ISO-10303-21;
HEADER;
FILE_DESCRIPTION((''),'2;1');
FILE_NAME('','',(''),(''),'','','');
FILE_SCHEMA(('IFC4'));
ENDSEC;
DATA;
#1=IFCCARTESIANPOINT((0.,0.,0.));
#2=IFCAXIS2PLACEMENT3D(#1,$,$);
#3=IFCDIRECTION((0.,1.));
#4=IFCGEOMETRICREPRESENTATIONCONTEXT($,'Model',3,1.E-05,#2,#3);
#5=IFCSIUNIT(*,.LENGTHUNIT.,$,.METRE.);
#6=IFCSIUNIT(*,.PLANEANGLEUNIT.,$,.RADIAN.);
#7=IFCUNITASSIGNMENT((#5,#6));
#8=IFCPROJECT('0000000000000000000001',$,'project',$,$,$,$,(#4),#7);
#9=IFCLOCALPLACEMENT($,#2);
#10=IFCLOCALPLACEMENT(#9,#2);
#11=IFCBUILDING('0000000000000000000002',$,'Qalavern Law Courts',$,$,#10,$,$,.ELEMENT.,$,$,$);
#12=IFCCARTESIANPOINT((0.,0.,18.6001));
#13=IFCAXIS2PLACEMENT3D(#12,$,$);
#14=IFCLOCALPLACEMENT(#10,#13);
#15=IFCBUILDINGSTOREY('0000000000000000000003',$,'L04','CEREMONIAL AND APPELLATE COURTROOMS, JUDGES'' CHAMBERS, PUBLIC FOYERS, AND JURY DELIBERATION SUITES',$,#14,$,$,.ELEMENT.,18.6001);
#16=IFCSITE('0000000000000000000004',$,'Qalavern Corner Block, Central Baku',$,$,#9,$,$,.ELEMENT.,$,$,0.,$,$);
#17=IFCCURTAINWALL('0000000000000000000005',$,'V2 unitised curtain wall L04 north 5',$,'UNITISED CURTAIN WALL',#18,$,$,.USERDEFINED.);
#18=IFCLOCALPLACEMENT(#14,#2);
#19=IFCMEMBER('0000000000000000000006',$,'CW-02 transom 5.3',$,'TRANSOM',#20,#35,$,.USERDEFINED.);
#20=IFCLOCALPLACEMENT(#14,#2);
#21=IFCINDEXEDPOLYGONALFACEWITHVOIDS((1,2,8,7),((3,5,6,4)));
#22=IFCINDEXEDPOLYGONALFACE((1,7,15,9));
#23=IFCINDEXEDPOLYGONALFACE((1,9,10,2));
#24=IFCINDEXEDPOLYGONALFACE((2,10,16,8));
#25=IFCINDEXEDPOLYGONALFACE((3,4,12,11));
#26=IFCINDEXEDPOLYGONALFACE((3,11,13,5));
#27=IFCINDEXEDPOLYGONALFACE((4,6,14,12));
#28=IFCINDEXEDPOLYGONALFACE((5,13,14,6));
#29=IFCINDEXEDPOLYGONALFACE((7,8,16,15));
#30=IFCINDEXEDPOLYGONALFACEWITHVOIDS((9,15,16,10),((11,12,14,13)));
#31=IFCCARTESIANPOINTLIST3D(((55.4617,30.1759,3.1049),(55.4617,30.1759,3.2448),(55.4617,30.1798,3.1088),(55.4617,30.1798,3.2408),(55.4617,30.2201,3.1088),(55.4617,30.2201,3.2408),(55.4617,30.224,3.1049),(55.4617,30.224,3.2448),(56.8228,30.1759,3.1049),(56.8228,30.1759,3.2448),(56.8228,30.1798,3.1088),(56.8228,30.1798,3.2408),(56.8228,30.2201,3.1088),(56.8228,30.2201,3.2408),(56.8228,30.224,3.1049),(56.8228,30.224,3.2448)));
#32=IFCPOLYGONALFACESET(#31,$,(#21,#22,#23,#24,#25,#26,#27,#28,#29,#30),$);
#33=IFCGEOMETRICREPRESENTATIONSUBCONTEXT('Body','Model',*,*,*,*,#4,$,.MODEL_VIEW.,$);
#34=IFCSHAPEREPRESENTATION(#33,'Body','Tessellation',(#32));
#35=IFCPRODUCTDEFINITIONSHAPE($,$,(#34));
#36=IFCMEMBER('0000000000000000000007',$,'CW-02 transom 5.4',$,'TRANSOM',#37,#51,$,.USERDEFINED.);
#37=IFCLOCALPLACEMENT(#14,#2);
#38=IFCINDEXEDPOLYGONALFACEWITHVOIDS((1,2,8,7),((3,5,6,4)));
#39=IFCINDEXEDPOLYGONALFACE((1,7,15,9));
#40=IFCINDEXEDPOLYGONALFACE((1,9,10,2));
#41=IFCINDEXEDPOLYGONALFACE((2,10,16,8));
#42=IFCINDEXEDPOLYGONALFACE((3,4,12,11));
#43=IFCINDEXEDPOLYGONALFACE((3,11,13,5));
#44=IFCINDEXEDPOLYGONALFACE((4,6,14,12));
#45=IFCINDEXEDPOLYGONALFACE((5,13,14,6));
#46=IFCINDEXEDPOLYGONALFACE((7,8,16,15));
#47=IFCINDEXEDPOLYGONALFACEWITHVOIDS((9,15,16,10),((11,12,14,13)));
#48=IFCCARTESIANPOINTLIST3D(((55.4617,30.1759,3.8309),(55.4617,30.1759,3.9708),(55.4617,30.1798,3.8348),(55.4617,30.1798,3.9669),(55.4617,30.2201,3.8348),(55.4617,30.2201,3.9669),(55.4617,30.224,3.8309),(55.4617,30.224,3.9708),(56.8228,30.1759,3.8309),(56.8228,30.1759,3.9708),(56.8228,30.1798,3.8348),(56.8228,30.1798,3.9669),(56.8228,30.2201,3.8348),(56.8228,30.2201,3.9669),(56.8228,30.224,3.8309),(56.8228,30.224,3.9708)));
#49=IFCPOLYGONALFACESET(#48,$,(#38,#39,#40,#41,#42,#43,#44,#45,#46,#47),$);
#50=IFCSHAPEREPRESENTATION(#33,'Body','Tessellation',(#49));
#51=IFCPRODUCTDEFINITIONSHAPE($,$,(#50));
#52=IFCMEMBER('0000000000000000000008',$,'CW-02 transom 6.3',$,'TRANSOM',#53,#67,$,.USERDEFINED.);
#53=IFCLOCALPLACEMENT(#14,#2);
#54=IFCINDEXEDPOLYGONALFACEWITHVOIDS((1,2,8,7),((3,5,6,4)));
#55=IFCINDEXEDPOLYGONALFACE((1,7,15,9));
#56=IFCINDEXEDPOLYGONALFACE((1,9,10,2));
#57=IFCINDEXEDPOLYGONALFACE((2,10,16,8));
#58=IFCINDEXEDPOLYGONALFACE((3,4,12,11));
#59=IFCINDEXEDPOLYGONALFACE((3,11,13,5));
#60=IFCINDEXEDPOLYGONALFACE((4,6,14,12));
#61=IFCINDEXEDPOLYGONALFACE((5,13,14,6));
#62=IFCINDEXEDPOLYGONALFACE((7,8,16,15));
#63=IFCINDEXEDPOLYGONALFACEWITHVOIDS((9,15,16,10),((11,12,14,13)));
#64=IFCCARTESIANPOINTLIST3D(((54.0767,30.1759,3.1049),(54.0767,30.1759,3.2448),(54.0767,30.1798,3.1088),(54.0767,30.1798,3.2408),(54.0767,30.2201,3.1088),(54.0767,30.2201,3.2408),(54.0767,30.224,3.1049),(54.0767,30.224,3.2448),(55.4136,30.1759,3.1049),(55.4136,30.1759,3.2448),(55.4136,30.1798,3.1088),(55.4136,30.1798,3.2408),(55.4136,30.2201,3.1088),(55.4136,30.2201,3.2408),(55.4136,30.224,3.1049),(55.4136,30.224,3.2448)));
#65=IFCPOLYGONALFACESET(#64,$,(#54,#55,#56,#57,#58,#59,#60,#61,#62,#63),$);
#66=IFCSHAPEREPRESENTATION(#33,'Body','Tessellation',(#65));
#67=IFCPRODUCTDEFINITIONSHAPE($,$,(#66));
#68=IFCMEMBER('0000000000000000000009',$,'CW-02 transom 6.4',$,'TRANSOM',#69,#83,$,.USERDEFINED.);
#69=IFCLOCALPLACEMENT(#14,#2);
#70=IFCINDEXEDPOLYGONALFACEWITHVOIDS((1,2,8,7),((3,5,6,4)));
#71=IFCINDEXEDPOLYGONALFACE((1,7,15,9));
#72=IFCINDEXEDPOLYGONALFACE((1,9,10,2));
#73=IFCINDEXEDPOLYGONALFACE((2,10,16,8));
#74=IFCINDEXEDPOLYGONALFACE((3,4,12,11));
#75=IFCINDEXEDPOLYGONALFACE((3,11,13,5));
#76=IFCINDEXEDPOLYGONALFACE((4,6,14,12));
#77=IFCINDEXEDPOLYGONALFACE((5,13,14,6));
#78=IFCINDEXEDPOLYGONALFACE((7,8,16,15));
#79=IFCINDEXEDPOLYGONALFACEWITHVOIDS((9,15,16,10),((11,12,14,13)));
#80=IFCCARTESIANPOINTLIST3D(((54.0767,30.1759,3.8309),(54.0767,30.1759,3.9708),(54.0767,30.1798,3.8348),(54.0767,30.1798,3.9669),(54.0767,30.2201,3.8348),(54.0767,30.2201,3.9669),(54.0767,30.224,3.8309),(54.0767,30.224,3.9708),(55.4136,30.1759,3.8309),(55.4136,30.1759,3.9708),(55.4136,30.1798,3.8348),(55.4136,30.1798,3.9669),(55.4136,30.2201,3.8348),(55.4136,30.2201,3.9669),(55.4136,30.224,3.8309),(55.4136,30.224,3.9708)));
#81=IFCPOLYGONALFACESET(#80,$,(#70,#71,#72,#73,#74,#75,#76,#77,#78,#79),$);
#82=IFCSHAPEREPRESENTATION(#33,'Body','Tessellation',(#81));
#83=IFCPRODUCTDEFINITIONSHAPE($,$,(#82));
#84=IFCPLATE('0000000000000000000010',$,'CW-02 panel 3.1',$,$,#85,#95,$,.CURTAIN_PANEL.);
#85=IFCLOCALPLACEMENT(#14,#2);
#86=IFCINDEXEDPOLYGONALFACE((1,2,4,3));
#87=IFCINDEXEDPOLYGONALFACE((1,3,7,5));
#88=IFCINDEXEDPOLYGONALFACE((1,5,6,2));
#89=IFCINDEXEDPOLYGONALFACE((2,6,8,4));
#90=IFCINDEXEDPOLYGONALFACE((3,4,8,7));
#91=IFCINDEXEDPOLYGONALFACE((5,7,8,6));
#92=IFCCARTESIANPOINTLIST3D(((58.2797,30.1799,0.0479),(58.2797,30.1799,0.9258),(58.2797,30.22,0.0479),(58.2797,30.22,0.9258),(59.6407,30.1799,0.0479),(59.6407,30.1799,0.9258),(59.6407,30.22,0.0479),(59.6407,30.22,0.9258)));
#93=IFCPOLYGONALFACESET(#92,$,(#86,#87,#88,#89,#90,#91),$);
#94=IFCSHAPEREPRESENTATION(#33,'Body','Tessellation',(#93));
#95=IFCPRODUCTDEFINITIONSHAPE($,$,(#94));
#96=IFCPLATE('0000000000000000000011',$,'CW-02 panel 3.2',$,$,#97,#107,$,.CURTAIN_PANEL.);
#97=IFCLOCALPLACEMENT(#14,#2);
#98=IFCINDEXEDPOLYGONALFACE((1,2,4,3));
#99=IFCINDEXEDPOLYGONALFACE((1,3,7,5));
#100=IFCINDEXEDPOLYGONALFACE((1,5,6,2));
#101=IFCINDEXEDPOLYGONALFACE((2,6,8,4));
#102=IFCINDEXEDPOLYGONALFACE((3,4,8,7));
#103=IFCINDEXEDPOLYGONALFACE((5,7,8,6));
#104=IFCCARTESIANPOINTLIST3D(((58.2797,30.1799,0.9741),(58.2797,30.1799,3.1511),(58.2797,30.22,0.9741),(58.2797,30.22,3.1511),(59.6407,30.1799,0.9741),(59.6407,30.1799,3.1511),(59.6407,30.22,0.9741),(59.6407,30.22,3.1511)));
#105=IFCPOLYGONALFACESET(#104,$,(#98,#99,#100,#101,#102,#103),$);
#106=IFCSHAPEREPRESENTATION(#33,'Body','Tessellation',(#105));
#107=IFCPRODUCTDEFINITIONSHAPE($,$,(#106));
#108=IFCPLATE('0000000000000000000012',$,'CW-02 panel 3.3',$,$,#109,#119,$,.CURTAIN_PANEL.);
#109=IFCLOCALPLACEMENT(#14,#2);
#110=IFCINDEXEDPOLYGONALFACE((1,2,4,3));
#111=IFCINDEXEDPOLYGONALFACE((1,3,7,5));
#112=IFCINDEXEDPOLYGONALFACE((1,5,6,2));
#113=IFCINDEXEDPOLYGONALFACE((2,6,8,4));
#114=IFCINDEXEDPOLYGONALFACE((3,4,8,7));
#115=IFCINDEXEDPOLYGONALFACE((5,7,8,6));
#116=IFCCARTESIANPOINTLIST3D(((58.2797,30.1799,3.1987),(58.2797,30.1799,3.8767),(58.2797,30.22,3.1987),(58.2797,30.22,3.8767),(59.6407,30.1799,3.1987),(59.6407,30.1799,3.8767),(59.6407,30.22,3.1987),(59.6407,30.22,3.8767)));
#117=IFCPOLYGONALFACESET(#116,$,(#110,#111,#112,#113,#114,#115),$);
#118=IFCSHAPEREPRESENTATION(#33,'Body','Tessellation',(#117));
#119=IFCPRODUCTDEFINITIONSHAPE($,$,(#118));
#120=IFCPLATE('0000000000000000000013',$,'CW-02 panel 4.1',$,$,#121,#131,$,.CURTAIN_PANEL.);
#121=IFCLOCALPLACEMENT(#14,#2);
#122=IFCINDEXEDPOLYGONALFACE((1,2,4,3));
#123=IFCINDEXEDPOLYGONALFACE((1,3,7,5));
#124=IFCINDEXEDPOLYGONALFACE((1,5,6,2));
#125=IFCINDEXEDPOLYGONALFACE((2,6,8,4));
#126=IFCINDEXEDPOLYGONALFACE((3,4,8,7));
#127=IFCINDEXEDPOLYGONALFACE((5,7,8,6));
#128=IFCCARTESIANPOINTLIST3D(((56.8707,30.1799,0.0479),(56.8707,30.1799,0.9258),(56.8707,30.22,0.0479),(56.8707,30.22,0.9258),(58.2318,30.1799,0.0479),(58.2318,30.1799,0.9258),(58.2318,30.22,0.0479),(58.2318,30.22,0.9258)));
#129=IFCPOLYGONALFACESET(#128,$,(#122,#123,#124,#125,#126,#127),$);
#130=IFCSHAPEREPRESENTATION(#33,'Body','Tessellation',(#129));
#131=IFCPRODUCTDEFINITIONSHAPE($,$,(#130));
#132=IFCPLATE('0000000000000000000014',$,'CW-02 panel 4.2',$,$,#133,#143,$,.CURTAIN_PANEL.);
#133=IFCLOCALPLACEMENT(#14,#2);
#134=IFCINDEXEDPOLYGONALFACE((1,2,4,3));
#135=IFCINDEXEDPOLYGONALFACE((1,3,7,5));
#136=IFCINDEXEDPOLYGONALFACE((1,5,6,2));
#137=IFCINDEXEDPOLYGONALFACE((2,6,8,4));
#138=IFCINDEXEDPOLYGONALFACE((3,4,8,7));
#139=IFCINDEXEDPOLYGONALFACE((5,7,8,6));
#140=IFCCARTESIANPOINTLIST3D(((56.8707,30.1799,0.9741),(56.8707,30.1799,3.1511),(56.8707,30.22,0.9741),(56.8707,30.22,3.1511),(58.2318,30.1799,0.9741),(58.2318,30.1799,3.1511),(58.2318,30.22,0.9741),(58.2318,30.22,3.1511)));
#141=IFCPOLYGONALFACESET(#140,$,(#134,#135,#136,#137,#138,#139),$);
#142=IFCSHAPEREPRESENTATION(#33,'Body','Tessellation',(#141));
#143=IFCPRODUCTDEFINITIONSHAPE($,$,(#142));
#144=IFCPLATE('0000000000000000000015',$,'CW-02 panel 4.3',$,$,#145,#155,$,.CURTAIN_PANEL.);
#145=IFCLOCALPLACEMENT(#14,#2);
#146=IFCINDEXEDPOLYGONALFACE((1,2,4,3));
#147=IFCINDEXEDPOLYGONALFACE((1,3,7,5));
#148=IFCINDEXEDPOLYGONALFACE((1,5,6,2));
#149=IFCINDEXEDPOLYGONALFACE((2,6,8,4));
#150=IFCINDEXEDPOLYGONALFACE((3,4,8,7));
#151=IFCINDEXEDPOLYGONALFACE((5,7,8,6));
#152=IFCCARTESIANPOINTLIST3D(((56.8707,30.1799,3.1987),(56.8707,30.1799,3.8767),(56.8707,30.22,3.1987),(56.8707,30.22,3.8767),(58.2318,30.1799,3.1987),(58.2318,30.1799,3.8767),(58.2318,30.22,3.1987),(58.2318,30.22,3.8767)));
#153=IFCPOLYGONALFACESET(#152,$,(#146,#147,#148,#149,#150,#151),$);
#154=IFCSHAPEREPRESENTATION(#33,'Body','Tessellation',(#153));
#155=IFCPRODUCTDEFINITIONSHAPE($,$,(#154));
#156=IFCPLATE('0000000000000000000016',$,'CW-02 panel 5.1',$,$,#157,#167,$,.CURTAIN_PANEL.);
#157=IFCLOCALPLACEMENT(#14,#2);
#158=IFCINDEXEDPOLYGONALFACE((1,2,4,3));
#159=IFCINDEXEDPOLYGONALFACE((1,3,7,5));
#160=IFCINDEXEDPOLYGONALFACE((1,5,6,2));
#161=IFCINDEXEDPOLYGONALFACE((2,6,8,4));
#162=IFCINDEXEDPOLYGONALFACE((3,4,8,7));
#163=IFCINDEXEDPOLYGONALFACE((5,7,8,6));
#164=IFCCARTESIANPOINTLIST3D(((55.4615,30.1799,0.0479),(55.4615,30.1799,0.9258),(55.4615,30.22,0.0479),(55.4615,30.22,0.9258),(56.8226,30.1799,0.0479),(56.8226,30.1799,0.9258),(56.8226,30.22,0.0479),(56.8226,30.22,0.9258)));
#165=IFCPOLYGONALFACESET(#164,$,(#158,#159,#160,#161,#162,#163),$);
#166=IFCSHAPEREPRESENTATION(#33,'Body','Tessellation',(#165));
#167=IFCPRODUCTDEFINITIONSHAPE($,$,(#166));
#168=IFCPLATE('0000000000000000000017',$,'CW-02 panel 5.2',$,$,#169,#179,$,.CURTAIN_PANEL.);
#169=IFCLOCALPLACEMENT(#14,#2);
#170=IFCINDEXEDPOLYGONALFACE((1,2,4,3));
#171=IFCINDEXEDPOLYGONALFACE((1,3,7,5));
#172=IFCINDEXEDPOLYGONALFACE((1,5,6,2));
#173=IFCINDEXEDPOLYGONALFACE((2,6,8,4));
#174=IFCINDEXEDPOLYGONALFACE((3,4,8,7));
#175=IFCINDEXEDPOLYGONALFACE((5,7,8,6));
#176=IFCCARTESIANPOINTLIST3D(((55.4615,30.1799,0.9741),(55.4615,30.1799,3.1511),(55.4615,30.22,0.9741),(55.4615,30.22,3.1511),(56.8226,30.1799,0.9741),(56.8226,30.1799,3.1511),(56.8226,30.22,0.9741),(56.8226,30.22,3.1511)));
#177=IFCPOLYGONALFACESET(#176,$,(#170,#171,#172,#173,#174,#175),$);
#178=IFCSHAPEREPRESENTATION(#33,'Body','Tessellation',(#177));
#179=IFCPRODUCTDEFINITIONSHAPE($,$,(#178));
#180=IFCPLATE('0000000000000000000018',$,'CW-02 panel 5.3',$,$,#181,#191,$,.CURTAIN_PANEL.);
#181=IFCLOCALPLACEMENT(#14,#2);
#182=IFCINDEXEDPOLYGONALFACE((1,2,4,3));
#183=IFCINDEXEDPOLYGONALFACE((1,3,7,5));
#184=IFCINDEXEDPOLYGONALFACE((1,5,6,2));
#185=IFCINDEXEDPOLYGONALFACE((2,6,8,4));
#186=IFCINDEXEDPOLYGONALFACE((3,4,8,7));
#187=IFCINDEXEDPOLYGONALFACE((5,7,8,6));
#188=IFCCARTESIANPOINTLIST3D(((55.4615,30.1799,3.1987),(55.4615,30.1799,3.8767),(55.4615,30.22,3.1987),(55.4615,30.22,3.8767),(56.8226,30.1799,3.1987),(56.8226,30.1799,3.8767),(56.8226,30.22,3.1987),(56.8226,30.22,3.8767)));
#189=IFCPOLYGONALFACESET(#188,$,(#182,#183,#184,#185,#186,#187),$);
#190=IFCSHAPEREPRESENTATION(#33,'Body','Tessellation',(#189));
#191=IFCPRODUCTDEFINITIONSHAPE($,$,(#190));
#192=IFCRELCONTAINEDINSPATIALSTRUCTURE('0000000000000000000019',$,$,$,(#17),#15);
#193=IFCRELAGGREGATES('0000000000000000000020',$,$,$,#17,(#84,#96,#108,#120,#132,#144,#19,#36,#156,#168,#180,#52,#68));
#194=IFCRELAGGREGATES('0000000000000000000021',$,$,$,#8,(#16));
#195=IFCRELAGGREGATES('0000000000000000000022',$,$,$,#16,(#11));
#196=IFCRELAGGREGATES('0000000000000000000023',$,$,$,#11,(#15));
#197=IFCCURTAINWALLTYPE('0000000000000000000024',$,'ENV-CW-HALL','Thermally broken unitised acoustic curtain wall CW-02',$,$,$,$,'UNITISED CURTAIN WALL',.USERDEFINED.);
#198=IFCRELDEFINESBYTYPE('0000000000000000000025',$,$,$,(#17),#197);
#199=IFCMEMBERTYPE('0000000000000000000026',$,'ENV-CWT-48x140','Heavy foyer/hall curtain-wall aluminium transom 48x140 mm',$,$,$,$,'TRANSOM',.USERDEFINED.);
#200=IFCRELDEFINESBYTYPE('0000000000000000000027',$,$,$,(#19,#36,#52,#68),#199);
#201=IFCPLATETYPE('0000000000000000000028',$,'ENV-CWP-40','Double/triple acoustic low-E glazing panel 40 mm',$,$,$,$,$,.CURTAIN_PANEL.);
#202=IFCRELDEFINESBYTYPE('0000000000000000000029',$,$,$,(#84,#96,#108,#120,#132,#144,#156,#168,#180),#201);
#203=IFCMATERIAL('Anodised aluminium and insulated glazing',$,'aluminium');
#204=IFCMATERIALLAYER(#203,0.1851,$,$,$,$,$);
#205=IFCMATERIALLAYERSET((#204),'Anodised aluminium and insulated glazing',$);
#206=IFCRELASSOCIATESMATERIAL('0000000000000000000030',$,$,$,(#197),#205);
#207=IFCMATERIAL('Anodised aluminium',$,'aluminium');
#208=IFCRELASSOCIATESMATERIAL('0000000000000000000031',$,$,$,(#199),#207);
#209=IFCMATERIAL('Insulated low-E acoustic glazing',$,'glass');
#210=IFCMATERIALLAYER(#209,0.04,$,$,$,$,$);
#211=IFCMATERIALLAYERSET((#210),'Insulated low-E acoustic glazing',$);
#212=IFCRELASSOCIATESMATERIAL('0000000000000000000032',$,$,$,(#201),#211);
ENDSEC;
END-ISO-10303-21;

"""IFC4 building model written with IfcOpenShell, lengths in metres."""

from ifc_helpers import new_model, si_unit, direction, frame, origin, origin_2d, place, context, subcontext, project, spatial, rectangle, hollow_rectangle, extrude, material, layer, layer_set, material_profile, profile_set, type_object, element, aggregate, save


model = new_model("IFC4")

# Units and contexts
model_context = context("Model", 3, precision=1e-05, world=origin(), true_north=direction((0.0, 1.0)))
body_context = subcontext(model_context, "Body", "Model", "MODEL_VIEW")
ifc_project = project(units=[si_unit("LENGTHUNIT", "METRE"), si_unit("PLANEANGLEUNIT", "RADIAN")], contexts=[model_context])

# Site, building, storey
site_placement = place(None, origin())
site = spatial("IfcSite", under=ifc_project, at=site_placement, Name="Qalavern Corner Block, Central Baku", CompositionType="ELEMENT", RefElevation=0.0)
building_placement = place(site_placement, origin())
building = spatial("IfcBuilding", under=site, at=building_placement, Name="Qalavern Law Courts", CompositionType="ELEMENT")
storey_placement = place(building_placement, frame((0.0, 0.0, 18.6001)))
storey = spatial("IfcBuildingStorey", under=building, at=storey_placement, Name="L04", Description="CEREMONIAL AND APPELLATE COURTROOMS, JUDGES' CHAMBERS, PUBLIC FOYERS, AND JURY DELIBERATION SUITES", CompositionType="ELEMENT", Elevation=18.6001)

# Curtain wall, members, plates
ifc_material_1 = material(Name="Anodised aluminium and insulated glazing", Category="aluminium")
ifc_layer_1 = layer(ifc_material_1, 0.1851)
ifc_layer_set_1 = layer_set([ifc_layer_1], Name="Anodised aluminium and insulated glazing")
curtain_wall_type = type_object("IfcCurtainWallType", Name="ENV-CW-HALL", Description="Thermally broken unitised acoustic curtain wall CW-02", ElementType="UNITISED CURTAIN WALL", PredefinedType="USERDEFINED", material=ifc_layer_set_1)
curtain_wall_placement = place(storey_placement, origin())
curtain_wall = element("IfcCurtainWall", 1, at=curtain_wall_placement, inside=storey, type_object=curtain_wall_type, Name="V2 unitised curtain wall L04 north 5", ObjectType="UNITISED CURTAIN WALL", PredefinedType="USERDEFINED")
ifc_material_2 = material(Name="Anodised aluminium", Category="aluminium")
ifc_material_profile_1 = material_profile(ifc_material_2, hollow_rectangle(XDim=0.0481, YDim=0.1399, WallThickness=0.0039, at=origin_2d()), Name="ALU TRANSOM 48x140")
ifc_profile_set_1 = profile_set([ifc_material_profile_1], Name="Anodised aluminium")
member_type_1 = type_object("IfcMemberType", Name="ENV-CWT-48x140", Description="Heavy foyer/hall curtain-wall aluminium transom 48x140 mm", ElementType="TRANSOM", PredefinedType="USERDEFINED", material=ifc_profile_set_1)
member_1_placement = place(storey_placement, frame((56.8228, 30.2, 3.1748), z_axis=(-1.0, 0.0, 0.0), x_axis=(0.0, -1.0, 0.0)))
member_1 = element("IfcMember", 2, at=member_1_placement, type_object=member_type_1, Name="CW-02 transom 5.3", ObjectType="TRANSOM", PredefinedType="USERDEFINED", context=body_context, shape_type="SweptSolid", body=[
    extrude(hollow_rectangle(XDim=0.0481, YDim=0.1399, WallThickness=0.0039, at=origin_2d()), origin(), (0.0, 0.0, 1.0), 1.3611),
])
member_2_placement = place(storey_placement, frame((56.8228, 30.2, 3.9009), z_axis=(-1.0, 0.0, 0.0), x_axis=(0.0, -1.0, 0.0)))
member_2 = element("IfcMember", 3, at=member_2_placement, type_object=member_type_1, Name="CW-02 transom 5.4", ObjectType="TRANSOM", PredefinedType="USERDEFINED", context=body_context, shape_type="SweptSolid", body=[
    extrude(hollow_rectangle(XDim=0.0481, YDim=0.1399, WallThickness=0.0039, at=origin_2d()), origin(), (0.0, 0.0, 1.0), 1.3611),
])
member_3_placement = place(storey_placement, frame((55.4136, 30.2, 3.1748), z_axis=(-1.0, 0.0, 0.0), x_axis=(0.0, -1.0, 0.0)))
member_3 = element("IfcMember", 4, at=member_3_placement, type_object=member_type_1, Name="CW-02 transom 6.3", ObjectType="TRANSOM", PredefinedType="USERDEFINED", context=body_context, shape_type="SweptSolid", body=[
    extrude(hollow_rectangle(XDim=0.0481, YDim=0.1399, WallThickness=0.0039, at=origin_2d()), origin(), (0.0, 0.0, 1.0), 1.3369),
])
member_4_placement = place(storey_placement, frame((55.4136, 30.2, 3.9009), z_axis=(-1.0, 0.0, 0.0), x_axis=(0.0, -1.0, 0.0)))
member_4 = element("IfcMember", 5, at=member_4_placement, type_object=member_type_1, Name="CW-02 transom 6.4", ObjectType="TRANSOM", PredefinedType="USERDEFINED", context=body_context, shape_type="SweptSolid", body=[
    extrude(hollow_rectangle(XDim=0.0481, YDim=0.1399, WallThickness=0.0039, at=origin_2d()), origin(), (0.0, 0.0, 1.0), 1.3369),
])
ifc_material_3 = material(Name="Insulated low-E acoustic glazing", Category="glass")
ifc_layer_2 = layer(ifc_material_3, 0.04)
ifc_layer_set_2 = layer_set([ifc_layer_2], Name="Insulated low-E acoustic glazing")
plate_type = type_object("IfcPlateType", Name="ENV-CWP-40", Description="Double/triple acoustic low-E glazing panel 40 mm", PredefinedType="CURTAIN_PANEL", material=ifc_layer_set_2)
plate_1_placement = place(storey_placement, frame((58.9602, 30.2, 0.0479), z_axis=(0.0, 0.0, 1.0), x_axis=(-1.0, 0.0, 0.0)))
plate_1 = element("IfcPlate", 6, at=plate_1_placement, type_object=plate_type, Name="CW-02 panel 3.1", PredefinedType="CURTAIN_PANEL", context=body_context, shape_type="SweptSolid", body=[
    extrude(rectangle(XDim=1.3611, YDim=0.04, at=origin_2d()), origin(), (0.0, 0.0, 1.0), 0.8779),
])
plate_2_placement = place(storey_placement, frame((58.9602, 30.2, 0.9741), z_axis=(0.0, 0.0, 1.0), x_axis=(-1.0, 0.0, 0.0)))
plate_2 = element("IfcPlate", 7, at=plate_2_placement, type_object=plate_type, Name="CW-02 panel 3.2", PredefinedType="CURTAIN_PANEL", context=body_context, shape_type="SweptSolid", body=[
    extrude(rectangle(XDim=1.3611, YDim=0.04, at=origin_2d()), origin(), (0.0, 0.0, 1.0), 2.177),
])
plate_3_placement = place(storey_placement, frame((58.9602, 30.2, 3.1987), z_axis=(0.0, 0.0, 1.0), x_axis=(-1.0, 0.0, 0.0)))
plate_3 = element("IfcPlate", 8, at=plate_3_placement, type_object=plate_type, Name="CW-02 panel 3.3", PredefinedType="CURTAIN_PANEL", context=body_context, shape_type="SweptSolid", body=[
    extrude(rectangle(XDim=1.3611, YDim=0.04, at=origin_2d()), origin(), (0.0, 0.0, 1.0), 0.678),
])
plate_4_placement = place(storey_placement, frame((57.5513, 30.2, 0.0479), z_axis=(0.0, 0.0, 1.0), x_axis=(-1.0, 0.0, 0.0)))
plate_4 = element("IfcPlate", 9, at=plate_4_placement, type_object=plate_type, Name="CW-02 panel 4.1", PredefinedType="CURTAIN_PANEL", context=body_context, shape_type="SweptSolid", body=[
    extrude(rectangle(XDim=1.3611, YDim=0.04, at=origin_2d()), origin(), (0.0, 0.0, 1.0), 0.8779),
])
plate_5_placement = place(storey_placement, frame((57.5513, 30.2, 0.9741), z_axis=(0.0, 0.0, 1.0), x_axis=(-1.0, 0.0, 0.0)))
plate_5 = element("IfcPlate", 10, at=plate_5_placement, type_object=plate_type, Name="CW-02 panel 4.2", PredefinedType="CURTAIN_PANEL", context=body_context, shape_type="SweptSolid", body=[
    extrude(rectangle(XDim=1.3611, YDim=0.04, at=origin_2d()), origin(), (0.0, 0.0, 1.0), 2.177),
])
plate_6_placement = place(storey_placement, frame((57.5513, 30.2, 3.1987), z_axis=(0.0, 0.0, 1.0), x_axis=(-1.0, 0.0, 0.0)))
plate_6 = element("IfcPlate", 11, at=plate_6_placement, type_object=plate_type, Name="CW-02 panel 4.3", PredefinedType="CURTAIN_PANEL", context=body_context, shape_type="SweptSolid", body=[
    extrude(rectangle(XDim=1.3611, YDim=0.04, at=origin_2d()), origin(), (0.0, 0.0, 1.0), 0.678),
])
plate_7_placement = place(storey_placement, frame((56.1421, 30.2, 0.0479), z_axis=(0.0, 0.0, 1.0), x_axis=(-1.0, 0.0, 0.0)))
plate_7 = element("IfcPlate", 12, at=plate_7_placement, type_object=plate_type, Name="CW-02 panel 5.1", PredefinedType="CURTAIN_PANEL", context=body_context, shape_type="SweptSolid", body=[
    extrude(rectangle(XDim=1.3611, YDim=0.04, at=origin_2d()), origin(), (0.0, 0.0, 1.0), 0.8779),
])
plate_8_placement = place(storey_placement, frame((56.1421, 30.2, 0.9741), z_axis=(0.0, 0.0, 1.0), x_axis=(-1.0, 0.0, 0.0)))
plate_8 = element("IfcPlate", 13, at=plate_8_placement, type_object=plate_type, Name="CW-02 panel 5.2", PredefinedType="CURTAIN_PANEL", context=body_context, shape_type="SweptSolid", body=[
    extrude(rectangle(XDim=1.3611, YDim=0.04, at=origin_2d()), origin(), (0.0, 0.0, 1.0), 2.177),
])
plate_9_placement = place(storey_placement, frame((56.1421, 30.2, 3.1987), z_axis=(0.0, 0.0, 1.0), x_axis=(-1.0, 0.0, 0.0)))
plate_9 = element("IfcPlate", 14, at=plate_9_placement, type_object=plate_type, Name="CW-02 panel 5.3", PredefinedType="CURTAIN_PANEL", context=body_context, shape_type="SweptSolid", body=[
    extrude(rectangle(XDim=1.3611, YDim=0.04, at=origin_2d()), origin(), (0.0, 0.0, 1.0), 0.678),
])
aggregate(curtain_wall, [plate_1, plate_2, plate_3, plate_4, plate_5, plate_6, member_1, member_2, plate_7, plate_8, plate_9, member_3, member_4])

save(model, "model.ifc")
